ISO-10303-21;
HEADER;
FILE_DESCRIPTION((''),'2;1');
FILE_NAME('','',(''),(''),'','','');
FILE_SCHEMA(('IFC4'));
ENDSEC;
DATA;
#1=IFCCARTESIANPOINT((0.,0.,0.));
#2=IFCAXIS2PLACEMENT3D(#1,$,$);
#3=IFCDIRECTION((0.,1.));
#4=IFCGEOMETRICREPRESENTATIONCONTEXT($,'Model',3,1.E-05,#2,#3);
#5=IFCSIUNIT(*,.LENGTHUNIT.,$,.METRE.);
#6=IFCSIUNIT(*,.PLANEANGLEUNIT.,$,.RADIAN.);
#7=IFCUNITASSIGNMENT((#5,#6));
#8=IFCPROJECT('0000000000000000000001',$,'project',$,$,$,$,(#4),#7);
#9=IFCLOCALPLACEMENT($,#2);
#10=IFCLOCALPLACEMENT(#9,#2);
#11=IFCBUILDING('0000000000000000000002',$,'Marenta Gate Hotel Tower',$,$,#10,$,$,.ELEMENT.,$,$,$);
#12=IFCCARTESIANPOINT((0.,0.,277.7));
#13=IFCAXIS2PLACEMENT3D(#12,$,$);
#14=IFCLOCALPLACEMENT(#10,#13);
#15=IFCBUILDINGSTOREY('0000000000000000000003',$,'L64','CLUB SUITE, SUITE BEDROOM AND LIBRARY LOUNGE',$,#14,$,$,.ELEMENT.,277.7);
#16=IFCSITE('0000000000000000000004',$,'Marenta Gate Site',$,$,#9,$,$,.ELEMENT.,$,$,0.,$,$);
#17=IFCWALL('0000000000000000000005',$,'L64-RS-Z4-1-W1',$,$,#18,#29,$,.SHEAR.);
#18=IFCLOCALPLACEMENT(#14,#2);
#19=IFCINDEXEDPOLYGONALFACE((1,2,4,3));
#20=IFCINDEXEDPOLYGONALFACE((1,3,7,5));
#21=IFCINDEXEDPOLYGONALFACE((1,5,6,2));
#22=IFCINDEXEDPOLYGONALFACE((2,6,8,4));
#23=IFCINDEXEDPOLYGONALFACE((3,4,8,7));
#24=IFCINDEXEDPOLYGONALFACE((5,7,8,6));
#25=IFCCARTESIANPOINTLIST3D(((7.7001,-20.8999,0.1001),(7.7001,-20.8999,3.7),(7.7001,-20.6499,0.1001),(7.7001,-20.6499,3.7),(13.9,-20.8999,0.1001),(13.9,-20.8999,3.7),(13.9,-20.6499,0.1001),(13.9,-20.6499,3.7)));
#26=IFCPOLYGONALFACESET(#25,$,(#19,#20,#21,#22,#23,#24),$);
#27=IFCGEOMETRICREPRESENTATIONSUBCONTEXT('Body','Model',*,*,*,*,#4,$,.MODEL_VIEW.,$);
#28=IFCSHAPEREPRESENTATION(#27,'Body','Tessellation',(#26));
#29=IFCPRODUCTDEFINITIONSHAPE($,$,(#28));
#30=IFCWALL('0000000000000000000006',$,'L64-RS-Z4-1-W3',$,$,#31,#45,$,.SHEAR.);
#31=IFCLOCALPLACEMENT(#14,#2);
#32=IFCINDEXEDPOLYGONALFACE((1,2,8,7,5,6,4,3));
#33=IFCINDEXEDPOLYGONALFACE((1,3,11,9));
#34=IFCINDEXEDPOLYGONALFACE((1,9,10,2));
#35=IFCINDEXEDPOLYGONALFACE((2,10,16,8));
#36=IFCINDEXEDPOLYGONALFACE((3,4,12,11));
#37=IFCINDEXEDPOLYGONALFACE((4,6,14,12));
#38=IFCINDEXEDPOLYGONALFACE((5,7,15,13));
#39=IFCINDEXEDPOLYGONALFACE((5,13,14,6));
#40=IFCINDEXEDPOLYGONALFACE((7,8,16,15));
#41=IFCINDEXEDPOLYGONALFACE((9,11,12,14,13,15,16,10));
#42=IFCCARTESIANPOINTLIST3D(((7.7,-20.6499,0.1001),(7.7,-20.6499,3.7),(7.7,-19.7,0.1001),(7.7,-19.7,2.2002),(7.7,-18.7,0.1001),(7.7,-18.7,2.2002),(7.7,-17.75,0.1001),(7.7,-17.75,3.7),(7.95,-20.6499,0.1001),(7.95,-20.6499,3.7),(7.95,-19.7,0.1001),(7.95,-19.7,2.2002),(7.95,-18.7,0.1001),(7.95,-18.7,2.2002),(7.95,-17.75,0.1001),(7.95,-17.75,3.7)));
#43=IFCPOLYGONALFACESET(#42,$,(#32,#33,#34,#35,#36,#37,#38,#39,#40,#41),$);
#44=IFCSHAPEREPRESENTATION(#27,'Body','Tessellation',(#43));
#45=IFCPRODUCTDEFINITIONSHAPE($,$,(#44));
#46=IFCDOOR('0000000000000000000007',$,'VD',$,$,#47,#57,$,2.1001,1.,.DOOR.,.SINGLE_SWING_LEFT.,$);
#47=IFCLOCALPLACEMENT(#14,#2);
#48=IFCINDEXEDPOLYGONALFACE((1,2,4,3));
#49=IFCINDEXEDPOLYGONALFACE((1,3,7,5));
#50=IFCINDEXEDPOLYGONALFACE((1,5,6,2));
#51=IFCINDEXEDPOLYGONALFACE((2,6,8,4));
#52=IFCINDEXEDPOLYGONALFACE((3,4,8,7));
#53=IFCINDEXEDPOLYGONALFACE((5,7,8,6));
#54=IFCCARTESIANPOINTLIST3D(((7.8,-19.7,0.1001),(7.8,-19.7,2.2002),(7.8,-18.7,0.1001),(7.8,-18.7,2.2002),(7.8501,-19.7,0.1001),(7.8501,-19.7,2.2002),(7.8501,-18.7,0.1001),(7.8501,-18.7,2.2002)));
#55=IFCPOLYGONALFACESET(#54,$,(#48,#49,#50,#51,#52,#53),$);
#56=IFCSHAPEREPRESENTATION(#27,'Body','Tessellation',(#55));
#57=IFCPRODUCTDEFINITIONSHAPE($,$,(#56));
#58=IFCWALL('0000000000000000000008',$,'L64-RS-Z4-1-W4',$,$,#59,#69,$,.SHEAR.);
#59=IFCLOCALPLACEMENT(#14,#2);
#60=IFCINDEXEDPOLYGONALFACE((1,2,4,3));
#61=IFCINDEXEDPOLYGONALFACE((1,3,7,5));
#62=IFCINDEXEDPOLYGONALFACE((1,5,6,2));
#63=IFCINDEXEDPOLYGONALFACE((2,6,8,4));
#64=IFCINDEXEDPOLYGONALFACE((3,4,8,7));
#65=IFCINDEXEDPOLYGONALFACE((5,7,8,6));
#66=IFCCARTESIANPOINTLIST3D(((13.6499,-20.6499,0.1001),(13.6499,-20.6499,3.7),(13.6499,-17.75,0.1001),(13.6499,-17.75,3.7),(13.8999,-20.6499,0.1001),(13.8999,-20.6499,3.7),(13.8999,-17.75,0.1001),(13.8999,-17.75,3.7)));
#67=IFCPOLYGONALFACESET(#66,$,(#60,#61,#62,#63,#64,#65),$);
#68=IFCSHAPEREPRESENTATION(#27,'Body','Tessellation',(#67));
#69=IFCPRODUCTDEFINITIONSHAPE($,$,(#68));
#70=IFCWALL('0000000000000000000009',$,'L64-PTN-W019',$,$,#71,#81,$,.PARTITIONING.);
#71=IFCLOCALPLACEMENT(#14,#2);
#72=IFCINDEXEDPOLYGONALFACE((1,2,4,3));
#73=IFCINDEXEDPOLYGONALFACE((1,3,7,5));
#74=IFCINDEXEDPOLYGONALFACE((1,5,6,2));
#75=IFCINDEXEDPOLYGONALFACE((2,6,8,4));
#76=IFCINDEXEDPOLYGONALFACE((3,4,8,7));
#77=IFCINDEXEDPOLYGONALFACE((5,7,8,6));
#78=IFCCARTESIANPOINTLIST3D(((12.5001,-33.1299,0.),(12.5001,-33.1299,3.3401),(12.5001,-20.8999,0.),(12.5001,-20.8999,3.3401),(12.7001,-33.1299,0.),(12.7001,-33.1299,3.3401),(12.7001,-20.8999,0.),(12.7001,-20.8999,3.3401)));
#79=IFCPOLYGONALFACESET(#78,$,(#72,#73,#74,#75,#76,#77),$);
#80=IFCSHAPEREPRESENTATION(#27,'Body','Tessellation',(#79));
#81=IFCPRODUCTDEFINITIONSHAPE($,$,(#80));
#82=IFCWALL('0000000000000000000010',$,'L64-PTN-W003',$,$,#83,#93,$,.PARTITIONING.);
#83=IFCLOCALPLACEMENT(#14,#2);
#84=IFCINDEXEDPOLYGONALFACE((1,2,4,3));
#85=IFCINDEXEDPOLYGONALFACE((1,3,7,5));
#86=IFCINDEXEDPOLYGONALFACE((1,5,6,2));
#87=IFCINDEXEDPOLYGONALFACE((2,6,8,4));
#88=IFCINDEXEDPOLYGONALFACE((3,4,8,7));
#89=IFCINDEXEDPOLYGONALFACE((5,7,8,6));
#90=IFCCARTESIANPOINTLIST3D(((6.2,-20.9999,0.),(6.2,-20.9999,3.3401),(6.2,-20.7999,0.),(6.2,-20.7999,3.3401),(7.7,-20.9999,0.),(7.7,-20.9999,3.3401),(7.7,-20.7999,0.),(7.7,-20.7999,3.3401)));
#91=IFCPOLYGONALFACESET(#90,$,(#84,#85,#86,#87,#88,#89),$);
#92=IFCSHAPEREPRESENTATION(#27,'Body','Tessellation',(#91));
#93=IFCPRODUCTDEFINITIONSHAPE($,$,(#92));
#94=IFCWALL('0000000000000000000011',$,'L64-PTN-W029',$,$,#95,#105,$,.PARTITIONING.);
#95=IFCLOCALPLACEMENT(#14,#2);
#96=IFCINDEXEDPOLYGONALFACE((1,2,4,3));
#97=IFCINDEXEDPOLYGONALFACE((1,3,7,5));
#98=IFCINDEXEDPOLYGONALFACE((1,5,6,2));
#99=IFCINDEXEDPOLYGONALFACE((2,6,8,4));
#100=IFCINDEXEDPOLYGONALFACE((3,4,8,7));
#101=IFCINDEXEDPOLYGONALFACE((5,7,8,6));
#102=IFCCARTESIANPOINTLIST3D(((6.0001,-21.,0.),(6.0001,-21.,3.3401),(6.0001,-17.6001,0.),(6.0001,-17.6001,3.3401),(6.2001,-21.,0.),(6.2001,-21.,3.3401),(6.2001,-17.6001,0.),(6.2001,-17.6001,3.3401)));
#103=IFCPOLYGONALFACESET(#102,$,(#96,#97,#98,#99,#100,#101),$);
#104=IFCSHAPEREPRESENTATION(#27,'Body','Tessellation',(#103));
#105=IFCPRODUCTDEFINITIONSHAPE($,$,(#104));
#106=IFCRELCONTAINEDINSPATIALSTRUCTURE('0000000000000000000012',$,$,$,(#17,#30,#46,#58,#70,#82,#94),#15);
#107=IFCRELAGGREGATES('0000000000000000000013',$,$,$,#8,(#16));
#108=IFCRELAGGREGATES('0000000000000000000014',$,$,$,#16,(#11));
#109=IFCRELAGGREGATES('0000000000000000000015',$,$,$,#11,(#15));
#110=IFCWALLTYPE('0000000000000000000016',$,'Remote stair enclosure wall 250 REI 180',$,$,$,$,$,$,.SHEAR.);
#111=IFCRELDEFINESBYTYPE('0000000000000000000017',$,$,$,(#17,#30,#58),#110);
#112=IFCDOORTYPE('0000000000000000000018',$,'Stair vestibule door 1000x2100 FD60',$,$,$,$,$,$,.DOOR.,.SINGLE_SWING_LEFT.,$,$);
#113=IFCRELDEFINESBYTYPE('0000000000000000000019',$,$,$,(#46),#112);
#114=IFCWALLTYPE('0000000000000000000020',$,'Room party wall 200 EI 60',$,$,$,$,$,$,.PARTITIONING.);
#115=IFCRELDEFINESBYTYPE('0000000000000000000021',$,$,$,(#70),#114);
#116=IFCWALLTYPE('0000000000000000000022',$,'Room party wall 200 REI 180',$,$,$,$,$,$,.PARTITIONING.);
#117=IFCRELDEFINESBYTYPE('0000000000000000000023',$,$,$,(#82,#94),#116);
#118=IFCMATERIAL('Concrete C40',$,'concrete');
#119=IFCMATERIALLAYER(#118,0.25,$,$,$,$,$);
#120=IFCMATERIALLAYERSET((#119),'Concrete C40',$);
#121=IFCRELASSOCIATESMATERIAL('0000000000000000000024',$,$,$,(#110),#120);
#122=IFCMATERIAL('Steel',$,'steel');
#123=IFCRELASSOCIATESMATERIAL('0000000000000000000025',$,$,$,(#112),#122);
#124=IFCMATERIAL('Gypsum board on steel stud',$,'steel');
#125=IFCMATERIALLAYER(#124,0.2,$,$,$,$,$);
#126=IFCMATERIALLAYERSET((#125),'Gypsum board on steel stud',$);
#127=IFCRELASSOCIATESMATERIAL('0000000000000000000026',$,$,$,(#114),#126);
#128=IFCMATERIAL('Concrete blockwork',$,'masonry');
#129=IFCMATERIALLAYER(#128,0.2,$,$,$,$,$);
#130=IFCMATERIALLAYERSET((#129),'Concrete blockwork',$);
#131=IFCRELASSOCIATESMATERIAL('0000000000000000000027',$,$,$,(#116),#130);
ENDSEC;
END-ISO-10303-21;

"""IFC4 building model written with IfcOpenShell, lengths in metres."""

from ifc_helpers import new_model, si_unit, direction, frame, frame_2d, origin, place, context, subcontext, project, spatial, rectangle, extrude, material, layer, layer_set, type_object, element, fill, save


model = new_model("IFC4")

# Units and contexts
model_context = context("Model", 3, precision=1e-05, world=origin(), true_north=direction((0.0, 1.0)))
body_context = subcontext(model_context, "Body", "Model", "MODEL_VIEW")
ifc_project = project(units=[si_unit("LENGTHUNIT", "METRE"), si_unit("PLANEANGLEUNIT", "RADIAN")], contexts=[model_context])

# Site, building, storey
site_placement = place(None, origin())
site = spatial("IfcSite", under=ifc_project, at=site_placement, Name="Marenta Gate Site", CompositionType="ELEMENT", RefElevation=0.0)
building_placement = place(site_placement, origin())
building = spatial("IfcBuilding", under=site, at=building_placement, Name="Marenta Gate Hotel Tower", CompositionType="ELEMENT")
storey_placement = place(building_placement, frame((0.0, 0.0, 277.7)))
storey = spatial("IfcBuildingStorey", under=building, at=storey_placement, Name="L64", Description="CLUB SUITE, SUITE BEDROOM AND LIBRARY LOUNGE", CompositionType="ELEMENT", Elevation=277.7)

# Wall
ifc_material_1 = material(Name="Concrete C40", Category="concrete")
ifc_layer_1 = layer(ifc_material_1, 0.25)
ifc_layer_set_1 = layer_set([ifc_layer_1], Name="Concrete C40")
wall_type_1 = type_object("IfcWallType", Name="Remote stair enclosure wall 250 REI 180", PredefinedType="SHEAR", material=ifc_layer_set_1)
wall_1_placement = place(storey_placement, frame((7.7, -20.7749, 0.1001), z_axis=(0.0, 0.0, 1.0), x_axis=(1.0, 0.0, 0.0)))
element("IfcWall", 1, at=wall_1_placement, inside=storey, type_object=wall_type_1, Name="L64-RS-Z4-1-W1", PredefinedType="SHEAR", context=body_context, shape_type="SweptSolid", body=[
    extrude(rectangle(XDim=6.2, YDim=0.25, at=frame_2d((3.1001, 0.0))), origin(), (0.0, 0.0, 1.0), 3.5999),
])

# Wall, opening, door
wall_2_placement = place(storey_placement, frame((7.825, -20.6499, 0.1001), z_axis=(0.0, 0.0, 1.0), x_axis=(0.0, 1.0, 0.0)))
wall_2 = element("IfcWall", 2, at=wall_2_placement, inside=storey, type_object=wall_type_1, Name="L64-RS-Z4-1-W3", PredefinedType="SHEAR", context=body_context, shape_type="SweptSolid", body=[
    extrude(rectangle(XDim=2.8999, YDim=0.25, at=frame_2d((1.45, 0.0))), origin(), (0.0, 0.0, 1.0), 3.5999),
])
opening_placement = place(wall_2_placement, frame((0.95, 0.0, 0.0)))
opening = element("IfcOpeningElement", 3, at=opening_placement, cuts=wall_2, PredefinedType="OPENING", context=body_context, shape_type="SweptSolid", body=[
    extrude(rectangle(XDim=1.0, YDim=2.1001, at=frame_2d((0.5, 1.05))), frame((0.0, 0.125, 0.0), z_axis=(0.0, -1.0, 0.0), x_axis=(1.0, 0.0, 0.0)), (0.0, 0.0, 1.0), 0.25),
])
ifc_material_2 = material(Name="Steel", Category="steel")
door_type = type_object("IfcDoorType", Name="Stair vestibule door 1000x2100 FD60", OperationType="SINGLE_SWING_LEFT", PredefinedType="DOOR", material=ifc_material_2)
door_placement = place(opening_placement, origin())
door = element("IfcDoor", 4, at=door_placement, inside=storey, type_object=door_type, Name="VD", OperationType="SINGLE_SWING_LEFT", OverallHeight=2.1001, OverallWidth=1.0, PredefinedType="DOOR", context=body_context, shape_type="SweptSolid", body=[
    extrude(rectangle(XDim=1.0, YDim=2.1001, at=frame_2d((0.5, 1.05))), frame((0.0, 0.0249, 0.0), z_axis=(0.0, -1.0, 0.0), x_axis=(1.0, 0.0, 0.0)), (0.0, 0.0, 1.0), 0.05),
])
fill(opening, door)

# Walls
wall_3_placement = place(storey_placement, frame((13.7749, -20.6499, 0.1001), z_axis=(0.0, 0.0, 1.0), x_axis=(0.0, 1.0, 0.0)))
element("IfcWall", 5, at=wall_3_placement, inside=storey, type_object=wall_type_1, Name="L64-RS-Z4-1-W4", PredefinedType="SHEAR", context=body_context, shape_type="SweptSolid", body=[
    extrude(rectangle(XDim=2.8999, YDim=0.25, at=frame_2d((1.45, 0.0))), origin(), (0.0, 0.0, 1.0), 3.5999),
])
ifc_material_3 = material(Name="Gypsum board on steel stud", Category="steel")
ifc_layer_2 = layer(ifc_material_3, 0.2)
ifc_layer_set_2 = layer_set([ifc_layer_2], Name="Gypsum board on steel stud")
wall_type_2 = type_object("IfcWallType", Name="Room party wall 200 EI 60", PredefinedType="PARTITIONING", material=ifc_layer_set_2)
wall_4_placement = place(storey_placement, frame((12.6001, -33.1299, 0.0), z_axis=(0.0, 0.0, 1.0), x_axis=(0.0, 1.0, 0.0)))
element("IfcWall", 6, at=wall_4_placement, inside=storey, type_object=wall_type_2, Name="L64-PTN-W019", PredefinedType="PARTITIONING", context=body_context, shape_type="SweptSolid", body=[
    extrude(rectangle(XDim=12.23, YDim=0.2, at=frame_2d((6.115, 0.0))), origin(), (0.0, 0.0, 1.0), 3.3401),
])
ifc_material_4 = material(Name="Concrete blockwork", Category="masonry")
ifc_layer_3 = layer(ifc_material_4, 0.2)
ifc_layer_set_3 = layer_set([ifc_layer_3], Name="Concrete blockwork")
wall_type_3 = type_object("IfcWallType", Name="Room party wall 200 REI 180", PredefinedType="PARTITIONING", material=ifc_layer_set_3)
wall_5_placement = place(storey_placement, frame((6.2, -20.8999, 0.0), z_axis=(0.0, 0.0, 1.0), x_axis=(1.0, 0.0, 0.0)))
element("IfcWall", 7, at=wall_5_placement, inside=storey, type_object=wall_type_3, Name="L64-PTN-W003", PredefinedType="PARTITIONING", context=body_context, shape_type="SweptSolid", body=[
    extrude(rectangle(XDim=1.5, YDim=0.2, at=frame_2d((0.75, 0.0))), origin(), (0.0, 0.0, 1.0), 3.3401),
])
wall_6_placement = place(storey_placement, frame((6.1001, -21.0, 0.0), z_axis=(0.0, 0.0, 1.0), x_axis=(0.0, 1.0, 0.0)))
element("IfcWall", 8, at=wall_6_placement, inside=storey, type_object=wall_type_3, Name="L64-PTN-W029", PredefinedType="PARTITIONING", context=body_context, shape_type="SweptSolid", body=[
    extrude(rectangle(XDim=3.3999, YDim=0.2, at=frame_2d((1.7, 0.0))), origin(), (0.0, 0.0, 1.0), 3.3401),
])

save(model, "model.ifc")
